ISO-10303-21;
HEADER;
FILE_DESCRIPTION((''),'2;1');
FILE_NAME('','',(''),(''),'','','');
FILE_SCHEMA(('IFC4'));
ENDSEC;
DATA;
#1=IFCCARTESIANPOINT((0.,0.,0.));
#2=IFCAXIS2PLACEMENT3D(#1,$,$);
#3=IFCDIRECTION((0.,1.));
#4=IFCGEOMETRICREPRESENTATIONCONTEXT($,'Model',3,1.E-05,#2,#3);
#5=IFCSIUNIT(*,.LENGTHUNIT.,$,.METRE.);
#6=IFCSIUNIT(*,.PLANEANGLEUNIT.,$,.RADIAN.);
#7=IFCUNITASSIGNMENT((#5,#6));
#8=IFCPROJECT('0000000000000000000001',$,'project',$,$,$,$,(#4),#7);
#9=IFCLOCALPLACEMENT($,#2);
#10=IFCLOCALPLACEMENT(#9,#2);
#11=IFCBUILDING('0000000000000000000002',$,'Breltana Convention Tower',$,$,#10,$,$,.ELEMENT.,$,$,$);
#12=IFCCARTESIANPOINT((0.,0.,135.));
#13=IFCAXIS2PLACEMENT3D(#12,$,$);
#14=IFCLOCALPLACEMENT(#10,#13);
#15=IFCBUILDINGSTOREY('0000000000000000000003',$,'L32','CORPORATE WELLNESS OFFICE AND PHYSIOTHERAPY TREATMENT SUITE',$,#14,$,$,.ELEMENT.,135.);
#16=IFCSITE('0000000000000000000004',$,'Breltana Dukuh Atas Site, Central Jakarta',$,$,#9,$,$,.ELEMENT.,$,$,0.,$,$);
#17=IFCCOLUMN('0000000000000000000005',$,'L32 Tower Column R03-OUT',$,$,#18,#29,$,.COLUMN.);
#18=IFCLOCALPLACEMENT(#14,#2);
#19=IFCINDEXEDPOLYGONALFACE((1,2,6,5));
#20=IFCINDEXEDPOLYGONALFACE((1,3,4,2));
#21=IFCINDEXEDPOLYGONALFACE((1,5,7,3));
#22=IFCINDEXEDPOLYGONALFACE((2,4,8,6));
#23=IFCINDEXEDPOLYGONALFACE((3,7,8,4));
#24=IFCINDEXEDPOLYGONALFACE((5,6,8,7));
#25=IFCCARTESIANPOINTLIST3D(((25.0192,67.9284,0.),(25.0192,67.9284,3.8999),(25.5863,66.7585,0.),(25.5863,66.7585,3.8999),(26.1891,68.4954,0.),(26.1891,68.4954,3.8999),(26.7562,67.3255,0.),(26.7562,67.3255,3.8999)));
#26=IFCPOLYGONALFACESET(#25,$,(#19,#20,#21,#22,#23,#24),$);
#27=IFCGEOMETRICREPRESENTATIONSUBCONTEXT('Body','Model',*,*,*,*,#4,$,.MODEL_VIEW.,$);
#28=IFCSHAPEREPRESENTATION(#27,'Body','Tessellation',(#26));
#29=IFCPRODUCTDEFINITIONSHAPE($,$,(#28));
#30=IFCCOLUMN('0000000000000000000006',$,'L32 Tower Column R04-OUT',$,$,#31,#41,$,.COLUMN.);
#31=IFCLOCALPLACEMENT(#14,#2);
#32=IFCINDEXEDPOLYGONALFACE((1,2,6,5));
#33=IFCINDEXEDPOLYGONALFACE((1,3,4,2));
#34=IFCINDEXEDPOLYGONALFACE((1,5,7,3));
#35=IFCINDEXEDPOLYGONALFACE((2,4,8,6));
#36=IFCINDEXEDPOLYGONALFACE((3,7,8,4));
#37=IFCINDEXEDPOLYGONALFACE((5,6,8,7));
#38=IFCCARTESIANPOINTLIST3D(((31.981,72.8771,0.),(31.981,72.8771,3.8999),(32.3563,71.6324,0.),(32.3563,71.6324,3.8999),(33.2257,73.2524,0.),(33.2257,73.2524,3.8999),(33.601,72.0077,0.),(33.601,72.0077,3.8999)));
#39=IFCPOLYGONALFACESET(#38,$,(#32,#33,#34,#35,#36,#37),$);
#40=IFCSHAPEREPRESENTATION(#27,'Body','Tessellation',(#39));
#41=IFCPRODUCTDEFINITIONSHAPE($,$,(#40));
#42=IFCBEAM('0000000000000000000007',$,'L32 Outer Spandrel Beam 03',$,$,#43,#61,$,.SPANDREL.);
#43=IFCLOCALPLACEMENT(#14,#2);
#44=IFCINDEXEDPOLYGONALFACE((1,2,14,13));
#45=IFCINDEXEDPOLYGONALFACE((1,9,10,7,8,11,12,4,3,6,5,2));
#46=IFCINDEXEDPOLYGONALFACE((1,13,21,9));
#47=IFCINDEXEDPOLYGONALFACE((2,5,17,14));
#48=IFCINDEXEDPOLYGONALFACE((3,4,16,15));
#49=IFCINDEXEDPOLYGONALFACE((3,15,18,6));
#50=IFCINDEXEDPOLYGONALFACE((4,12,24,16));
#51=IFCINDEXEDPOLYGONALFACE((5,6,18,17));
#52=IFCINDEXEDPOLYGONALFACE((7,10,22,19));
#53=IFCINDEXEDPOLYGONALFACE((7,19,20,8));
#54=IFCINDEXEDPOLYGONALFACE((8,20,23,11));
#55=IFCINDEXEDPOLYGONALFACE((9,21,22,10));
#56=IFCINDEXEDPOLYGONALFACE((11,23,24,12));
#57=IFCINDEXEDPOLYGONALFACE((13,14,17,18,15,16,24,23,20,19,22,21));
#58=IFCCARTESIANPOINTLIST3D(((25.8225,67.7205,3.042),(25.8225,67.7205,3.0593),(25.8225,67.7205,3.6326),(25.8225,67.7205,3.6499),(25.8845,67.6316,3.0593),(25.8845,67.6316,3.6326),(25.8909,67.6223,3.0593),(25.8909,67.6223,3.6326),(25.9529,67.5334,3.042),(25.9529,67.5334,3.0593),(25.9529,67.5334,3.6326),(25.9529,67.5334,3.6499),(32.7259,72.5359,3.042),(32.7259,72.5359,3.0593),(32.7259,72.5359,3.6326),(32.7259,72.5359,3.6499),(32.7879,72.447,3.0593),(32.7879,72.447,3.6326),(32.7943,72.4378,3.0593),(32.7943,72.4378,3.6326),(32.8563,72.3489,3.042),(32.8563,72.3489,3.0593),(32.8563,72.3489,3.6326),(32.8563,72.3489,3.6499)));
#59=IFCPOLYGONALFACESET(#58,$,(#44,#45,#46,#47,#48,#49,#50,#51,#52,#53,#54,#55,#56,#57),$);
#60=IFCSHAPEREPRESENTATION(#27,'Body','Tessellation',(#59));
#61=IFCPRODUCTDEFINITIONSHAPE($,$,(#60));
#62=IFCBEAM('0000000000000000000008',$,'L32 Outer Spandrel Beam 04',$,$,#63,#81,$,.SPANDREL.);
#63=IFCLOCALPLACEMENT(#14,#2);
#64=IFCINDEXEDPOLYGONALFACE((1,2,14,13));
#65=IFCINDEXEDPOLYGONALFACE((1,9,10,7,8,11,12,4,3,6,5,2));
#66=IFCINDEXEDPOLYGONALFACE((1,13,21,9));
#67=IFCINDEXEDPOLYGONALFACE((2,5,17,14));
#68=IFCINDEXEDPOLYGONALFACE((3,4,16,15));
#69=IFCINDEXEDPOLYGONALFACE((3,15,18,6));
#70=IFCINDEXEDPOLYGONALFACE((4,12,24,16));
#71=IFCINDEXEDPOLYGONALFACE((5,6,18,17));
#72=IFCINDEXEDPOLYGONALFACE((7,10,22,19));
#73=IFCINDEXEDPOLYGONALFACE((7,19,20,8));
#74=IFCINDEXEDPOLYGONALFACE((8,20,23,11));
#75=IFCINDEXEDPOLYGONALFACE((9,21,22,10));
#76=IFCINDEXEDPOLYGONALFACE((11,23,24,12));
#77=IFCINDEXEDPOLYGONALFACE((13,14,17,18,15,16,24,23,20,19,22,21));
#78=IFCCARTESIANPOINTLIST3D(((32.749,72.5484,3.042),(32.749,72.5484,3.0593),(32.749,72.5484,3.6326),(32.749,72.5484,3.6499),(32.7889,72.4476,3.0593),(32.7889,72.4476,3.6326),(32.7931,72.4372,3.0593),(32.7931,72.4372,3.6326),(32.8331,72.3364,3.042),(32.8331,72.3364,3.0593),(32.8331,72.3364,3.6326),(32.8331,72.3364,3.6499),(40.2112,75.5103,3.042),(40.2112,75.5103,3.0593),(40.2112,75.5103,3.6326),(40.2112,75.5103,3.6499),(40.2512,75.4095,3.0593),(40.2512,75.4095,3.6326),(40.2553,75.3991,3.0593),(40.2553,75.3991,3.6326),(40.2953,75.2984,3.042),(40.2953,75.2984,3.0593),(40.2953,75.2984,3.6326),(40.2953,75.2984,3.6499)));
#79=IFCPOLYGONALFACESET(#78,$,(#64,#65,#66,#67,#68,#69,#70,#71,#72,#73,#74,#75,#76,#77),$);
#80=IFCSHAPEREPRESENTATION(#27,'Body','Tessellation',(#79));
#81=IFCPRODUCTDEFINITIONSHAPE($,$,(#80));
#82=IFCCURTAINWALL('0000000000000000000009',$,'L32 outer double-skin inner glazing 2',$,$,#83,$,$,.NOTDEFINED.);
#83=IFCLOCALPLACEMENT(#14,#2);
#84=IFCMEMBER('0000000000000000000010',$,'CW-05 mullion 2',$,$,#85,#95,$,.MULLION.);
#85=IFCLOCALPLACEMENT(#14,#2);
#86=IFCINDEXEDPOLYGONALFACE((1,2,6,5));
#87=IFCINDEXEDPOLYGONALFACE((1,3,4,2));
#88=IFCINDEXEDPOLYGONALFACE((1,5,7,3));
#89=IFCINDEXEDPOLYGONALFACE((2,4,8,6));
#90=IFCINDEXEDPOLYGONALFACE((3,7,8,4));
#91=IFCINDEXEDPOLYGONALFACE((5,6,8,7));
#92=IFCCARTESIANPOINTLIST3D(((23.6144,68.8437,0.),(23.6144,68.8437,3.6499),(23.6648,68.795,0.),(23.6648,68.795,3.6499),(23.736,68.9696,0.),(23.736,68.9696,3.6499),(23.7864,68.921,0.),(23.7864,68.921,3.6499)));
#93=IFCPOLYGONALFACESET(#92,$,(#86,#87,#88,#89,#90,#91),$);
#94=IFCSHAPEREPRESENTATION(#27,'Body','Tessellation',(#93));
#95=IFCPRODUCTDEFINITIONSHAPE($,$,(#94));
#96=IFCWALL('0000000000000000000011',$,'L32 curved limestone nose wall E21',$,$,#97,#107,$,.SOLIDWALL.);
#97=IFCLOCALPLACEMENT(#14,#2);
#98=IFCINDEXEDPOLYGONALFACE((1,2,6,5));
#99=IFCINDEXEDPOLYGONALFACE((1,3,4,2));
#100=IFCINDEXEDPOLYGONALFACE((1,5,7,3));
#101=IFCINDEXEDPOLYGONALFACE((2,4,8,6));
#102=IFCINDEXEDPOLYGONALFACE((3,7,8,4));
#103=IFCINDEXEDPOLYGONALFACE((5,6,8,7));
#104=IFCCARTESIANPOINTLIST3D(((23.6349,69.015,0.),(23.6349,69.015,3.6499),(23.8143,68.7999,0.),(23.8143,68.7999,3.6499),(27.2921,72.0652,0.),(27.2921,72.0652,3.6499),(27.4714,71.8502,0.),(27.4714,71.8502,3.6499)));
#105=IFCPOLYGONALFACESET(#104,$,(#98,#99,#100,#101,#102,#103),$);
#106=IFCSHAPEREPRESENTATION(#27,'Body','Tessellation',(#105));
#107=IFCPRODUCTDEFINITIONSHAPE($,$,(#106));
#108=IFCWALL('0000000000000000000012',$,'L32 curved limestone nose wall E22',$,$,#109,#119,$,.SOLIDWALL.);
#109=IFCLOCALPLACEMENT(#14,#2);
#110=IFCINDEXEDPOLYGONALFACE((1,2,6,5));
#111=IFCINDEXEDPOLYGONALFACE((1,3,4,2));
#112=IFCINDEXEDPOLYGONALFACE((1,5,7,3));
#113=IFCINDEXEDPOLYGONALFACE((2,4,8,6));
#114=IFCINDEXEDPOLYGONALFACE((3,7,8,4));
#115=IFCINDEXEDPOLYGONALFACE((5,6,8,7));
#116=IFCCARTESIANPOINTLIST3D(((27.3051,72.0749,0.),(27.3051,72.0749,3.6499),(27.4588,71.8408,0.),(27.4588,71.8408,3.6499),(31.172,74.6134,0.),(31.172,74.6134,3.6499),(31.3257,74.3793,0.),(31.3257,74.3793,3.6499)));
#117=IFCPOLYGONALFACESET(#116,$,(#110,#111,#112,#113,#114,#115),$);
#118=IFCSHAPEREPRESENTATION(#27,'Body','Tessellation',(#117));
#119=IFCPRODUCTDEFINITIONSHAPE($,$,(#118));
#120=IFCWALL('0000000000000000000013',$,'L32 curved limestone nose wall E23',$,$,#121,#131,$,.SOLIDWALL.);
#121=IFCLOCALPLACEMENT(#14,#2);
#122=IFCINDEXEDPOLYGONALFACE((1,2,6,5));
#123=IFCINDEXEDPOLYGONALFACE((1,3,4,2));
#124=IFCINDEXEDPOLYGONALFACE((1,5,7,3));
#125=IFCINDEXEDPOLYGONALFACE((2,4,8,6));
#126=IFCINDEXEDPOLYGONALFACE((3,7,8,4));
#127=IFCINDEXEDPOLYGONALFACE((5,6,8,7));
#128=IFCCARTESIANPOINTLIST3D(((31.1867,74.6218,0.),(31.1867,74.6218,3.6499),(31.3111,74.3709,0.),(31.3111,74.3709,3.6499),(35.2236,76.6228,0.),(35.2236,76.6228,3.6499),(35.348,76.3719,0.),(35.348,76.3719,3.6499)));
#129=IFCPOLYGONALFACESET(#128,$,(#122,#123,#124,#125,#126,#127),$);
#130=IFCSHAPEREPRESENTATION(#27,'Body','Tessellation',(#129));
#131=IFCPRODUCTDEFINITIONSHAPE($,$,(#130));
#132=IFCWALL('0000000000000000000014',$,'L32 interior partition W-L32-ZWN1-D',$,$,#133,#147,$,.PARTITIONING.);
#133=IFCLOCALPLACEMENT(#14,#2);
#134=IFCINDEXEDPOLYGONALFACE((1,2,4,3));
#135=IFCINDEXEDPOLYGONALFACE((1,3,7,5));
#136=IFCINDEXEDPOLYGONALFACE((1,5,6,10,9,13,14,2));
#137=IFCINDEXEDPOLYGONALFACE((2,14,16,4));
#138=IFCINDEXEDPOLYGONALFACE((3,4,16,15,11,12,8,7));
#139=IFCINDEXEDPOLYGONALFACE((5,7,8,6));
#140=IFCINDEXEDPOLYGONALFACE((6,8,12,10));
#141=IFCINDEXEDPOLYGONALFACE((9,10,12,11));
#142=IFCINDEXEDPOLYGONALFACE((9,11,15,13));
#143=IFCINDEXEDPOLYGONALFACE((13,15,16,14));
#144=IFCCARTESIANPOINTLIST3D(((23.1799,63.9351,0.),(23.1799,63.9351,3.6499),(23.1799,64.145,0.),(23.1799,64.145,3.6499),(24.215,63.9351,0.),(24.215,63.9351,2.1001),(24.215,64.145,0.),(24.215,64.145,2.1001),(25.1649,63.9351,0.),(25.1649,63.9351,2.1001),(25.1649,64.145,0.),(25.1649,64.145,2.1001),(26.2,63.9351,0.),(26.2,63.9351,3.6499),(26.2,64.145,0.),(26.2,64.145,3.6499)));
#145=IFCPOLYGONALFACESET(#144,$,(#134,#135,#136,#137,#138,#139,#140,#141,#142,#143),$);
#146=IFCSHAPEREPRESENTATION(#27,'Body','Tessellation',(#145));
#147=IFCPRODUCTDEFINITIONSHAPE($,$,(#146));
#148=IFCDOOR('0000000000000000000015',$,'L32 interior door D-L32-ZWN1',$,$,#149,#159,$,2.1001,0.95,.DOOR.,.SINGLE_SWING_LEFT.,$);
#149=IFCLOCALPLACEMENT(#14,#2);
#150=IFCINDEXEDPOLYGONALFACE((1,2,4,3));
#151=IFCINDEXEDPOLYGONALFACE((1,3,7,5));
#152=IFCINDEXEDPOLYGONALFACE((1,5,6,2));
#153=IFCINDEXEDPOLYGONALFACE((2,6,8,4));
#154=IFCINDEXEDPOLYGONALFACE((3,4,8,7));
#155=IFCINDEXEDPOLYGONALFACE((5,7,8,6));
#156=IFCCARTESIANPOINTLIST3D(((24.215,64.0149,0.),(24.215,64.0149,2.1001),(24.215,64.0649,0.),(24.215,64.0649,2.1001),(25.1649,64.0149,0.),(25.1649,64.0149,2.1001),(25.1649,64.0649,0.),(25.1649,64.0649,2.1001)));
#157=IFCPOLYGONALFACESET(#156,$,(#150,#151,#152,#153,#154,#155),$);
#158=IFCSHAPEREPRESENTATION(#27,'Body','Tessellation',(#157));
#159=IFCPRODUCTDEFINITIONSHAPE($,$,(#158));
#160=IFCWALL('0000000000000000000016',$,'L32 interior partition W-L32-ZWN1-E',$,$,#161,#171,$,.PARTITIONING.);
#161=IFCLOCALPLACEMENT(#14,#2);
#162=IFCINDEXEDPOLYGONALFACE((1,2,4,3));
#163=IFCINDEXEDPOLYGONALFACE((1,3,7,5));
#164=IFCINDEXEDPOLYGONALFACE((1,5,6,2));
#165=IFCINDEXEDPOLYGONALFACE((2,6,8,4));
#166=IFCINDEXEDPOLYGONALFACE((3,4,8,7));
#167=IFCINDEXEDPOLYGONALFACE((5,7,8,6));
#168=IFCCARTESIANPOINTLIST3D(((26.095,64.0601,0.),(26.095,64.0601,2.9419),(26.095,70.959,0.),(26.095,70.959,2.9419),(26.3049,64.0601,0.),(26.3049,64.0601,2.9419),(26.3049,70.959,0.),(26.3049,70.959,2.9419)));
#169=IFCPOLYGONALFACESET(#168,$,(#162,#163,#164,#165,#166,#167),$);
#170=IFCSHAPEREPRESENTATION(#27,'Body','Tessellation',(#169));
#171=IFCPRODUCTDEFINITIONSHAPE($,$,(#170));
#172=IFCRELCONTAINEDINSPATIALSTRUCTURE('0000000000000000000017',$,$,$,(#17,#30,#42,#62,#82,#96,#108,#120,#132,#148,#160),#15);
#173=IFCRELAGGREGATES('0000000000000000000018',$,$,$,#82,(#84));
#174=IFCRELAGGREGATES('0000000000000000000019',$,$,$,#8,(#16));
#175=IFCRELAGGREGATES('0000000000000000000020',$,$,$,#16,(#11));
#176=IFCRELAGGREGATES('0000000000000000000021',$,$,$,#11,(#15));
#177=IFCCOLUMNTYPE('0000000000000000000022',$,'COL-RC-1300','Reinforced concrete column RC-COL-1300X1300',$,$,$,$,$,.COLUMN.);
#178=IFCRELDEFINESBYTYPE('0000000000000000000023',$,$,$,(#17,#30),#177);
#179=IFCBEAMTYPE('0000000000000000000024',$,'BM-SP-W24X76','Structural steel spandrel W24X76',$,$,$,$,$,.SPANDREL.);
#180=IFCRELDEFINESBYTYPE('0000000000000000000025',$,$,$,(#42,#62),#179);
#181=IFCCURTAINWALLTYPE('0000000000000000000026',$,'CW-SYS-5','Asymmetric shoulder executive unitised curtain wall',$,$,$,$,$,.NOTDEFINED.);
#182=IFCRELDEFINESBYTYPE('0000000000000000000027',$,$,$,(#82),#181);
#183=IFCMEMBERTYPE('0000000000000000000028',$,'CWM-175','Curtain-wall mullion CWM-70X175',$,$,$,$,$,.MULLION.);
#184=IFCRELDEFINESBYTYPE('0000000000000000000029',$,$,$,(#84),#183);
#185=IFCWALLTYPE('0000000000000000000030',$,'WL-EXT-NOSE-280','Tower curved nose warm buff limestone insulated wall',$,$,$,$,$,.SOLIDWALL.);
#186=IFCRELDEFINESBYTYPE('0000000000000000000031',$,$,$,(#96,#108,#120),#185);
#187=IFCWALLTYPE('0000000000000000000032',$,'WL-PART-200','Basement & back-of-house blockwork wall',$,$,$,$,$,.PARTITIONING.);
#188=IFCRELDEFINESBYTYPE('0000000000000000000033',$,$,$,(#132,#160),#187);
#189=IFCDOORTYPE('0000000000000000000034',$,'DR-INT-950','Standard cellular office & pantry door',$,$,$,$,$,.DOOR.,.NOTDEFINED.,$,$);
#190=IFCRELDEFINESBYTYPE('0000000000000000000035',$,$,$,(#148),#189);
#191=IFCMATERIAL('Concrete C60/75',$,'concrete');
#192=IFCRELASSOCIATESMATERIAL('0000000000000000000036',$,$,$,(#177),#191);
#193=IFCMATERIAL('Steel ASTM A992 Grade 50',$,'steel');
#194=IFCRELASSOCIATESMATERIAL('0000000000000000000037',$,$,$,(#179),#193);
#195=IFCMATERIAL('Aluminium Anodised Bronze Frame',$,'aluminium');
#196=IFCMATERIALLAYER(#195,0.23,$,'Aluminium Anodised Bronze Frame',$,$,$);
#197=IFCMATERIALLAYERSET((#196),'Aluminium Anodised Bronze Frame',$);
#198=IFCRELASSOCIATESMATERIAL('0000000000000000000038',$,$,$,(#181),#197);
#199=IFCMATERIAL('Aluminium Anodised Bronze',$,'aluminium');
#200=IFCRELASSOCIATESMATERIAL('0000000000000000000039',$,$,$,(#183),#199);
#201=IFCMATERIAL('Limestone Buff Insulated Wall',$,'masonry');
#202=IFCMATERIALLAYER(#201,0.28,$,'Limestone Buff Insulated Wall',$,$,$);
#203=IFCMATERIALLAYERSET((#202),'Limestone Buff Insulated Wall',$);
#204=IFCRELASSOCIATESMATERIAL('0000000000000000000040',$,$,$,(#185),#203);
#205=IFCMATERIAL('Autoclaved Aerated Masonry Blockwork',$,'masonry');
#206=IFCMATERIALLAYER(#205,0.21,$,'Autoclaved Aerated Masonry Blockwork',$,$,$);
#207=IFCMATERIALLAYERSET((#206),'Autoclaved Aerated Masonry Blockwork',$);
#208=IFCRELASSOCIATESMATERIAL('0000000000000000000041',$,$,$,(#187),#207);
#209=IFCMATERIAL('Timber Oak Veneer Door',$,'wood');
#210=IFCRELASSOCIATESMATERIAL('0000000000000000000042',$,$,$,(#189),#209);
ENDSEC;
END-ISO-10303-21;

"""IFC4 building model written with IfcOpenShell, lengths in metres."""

from ifc_helpers import new_model, si_unit, direction, frame, frame_2d, origin, origin_2d, place, context, subcontext, project, spatial, rectangle, i_section, extrude, source, transform, mapped, material, layer, layer_set, material_profile, profile_set, type_object, type_shapes, element, fill, aggregate, save


model = new_model("IFC4")

# Units and contexts
model_context = context("Model", 3, precision=1e-05, world=origin(), true_north=direction((0.0, 1.0)))
body_context = subcontext(model_context, "Body", "Model", "MODEL_VIEW")
ifc_project = project(units=[si_unit("LENGTHUNIT", "METRE"), si_unit("PLANEANGLEUNIT", "RADIAN")], contexts=[model_context])

# Site, building, storey
site_placement = place(None, origin())
site = spatial("IfcSite", under=ifc_project, at=site_placement, Name="Breltana Dukuh Atas Site, Central Jakarta", CompositionType="ELEMENT", RefElevation=0.0)
building_placement = place(site_placement, origin())
building = spatial("IfcBuilding", under=site, at=building_placement, Name="Breltana Convention Tower", CompositionType="ELEMENT")
storey_placement = place(building_placement, frame((0.0, 0.0, 135.0)))
storey = spatial("IfcBuildingStorey", under=building, at=storey_placement, Name="L32", Description="CORPORATE WELLNESS OFFICE AND PHYSIOTHERAPY TREATMENT SUITE", CompositionType="ELEMENT", Elevation=135.0)

# Columns
ifc_material_1 = material(Name="Concrete C60/75", Category="concrete")
ifc_material_profile_1 = material_profile(ifc_material_1, rectangle(XDim=1.3, YDim=1.3, at=origin_2d()), Name="RC-COL-1300X1300")
ifc_profile_set_1 = profile_set([ifc_material_profile_1], Name="Concrete C60/75")
column_type = type_object("IfcColumnType", Name="COL-RC-1300", Description="Reinforced concrete column RC-COL-1300X1300", PredefinedType="COLUMN", material=ifc_profile_set_1)
shared_shape_1 = source(origin(), body_context, "Body", "SweptSolid", [
    extrude(rectangle(XDim=1.3, YDim=1.3, at=origin_2d()), origin(), (0.0, 0.0, 1.0), 3.8999),
])
for number, where, z_axis, x_axis, name in (
    (1, (25.8877, 67.627, 0.0), (0.0, 0.0, 1.0), (-0.436174, 0.899863, 0.0), "L32 Tower Column R03-OUT"),
    (2, (32.791, 72.4424, 0.0), (0.0, 0.0, 1.0), (-0.288698, 0.95742, 0.0), "L32 Tower Column R04-OUT"),
):
    element("IfcColumn", number, at=place(storey_placement, frame(where, z_axis=z_axis, x_axis=x_axis)), inside=storey, type_object=column_type, Name=name, PredefinedType="COLUMN", context=body_context, shape_type="MappedRepresentation", body=[
        mapped(shared_shape_1, transform((0.0, 0.0, 0.0), scale=1.0)),
    ])

# Beams
ifc_material_2 = material(Name="Steel ASTM A992 Grade 50", Category="steel")
ifc_material_profile_2 = material_profile(ifc_material_2, i_section(OverallWidth=0.228, OverallDepth=0.6079, WebThickness=0.0112, FlangeThickness=0.0173, at=origin_2d()), Name="W24X76")
ifc_profile_set_2 = profile_set([ifc_material_profile_2], Name="Steel ASTM A992 Grade 50")
beam_type = type_object("IfcBeamType", Name="BM-SP-W24X76", Description="Structural steel spandrel W24X76", PredefinedType="SPANDREL", material=ifc_profile_set_2)
shared_shape_2 = source(origin(), body_context, "Body", "SweptSolid", [
    extrude(i_section(OverallWidth=0.228, OverallDepth=0.6079, WebThickness=0.0112, FlangeThickness=0.0173, at=origin_2d()), origin(), (0.0, 0.0, 1.0), 8.417),
])
beam_1_placement = place(storey_placement, frame((25.8877, 67.627, 3.3459), z_axis=(0.820174, 0.572114, 0.0), x_axis=(-0.572114, 0.820174, 0.0)))
element("IfcBeam", 3, at=beam_1_placement, inside=storey, type_object=beam_type, Name="L32 Outer Spandrel Beam 03", PredefinedType="SPANDREL", context=body_context, shape_type="MappedRepresentation", body=[
    mapped(shared_shape_2, transform((0.0, 0.0, 0.0), scale=1.0)),
])
shared_shape_3 = source(origin(), body_context, "Body", "SweptSolid", [
    extrude(i_section(OverallWidth=0.228, OverallDepth=0.6079, WebThickness=0.0112, FlangeThickness=0.0173, at=origin_2d()), origin(), (0.0, 0.0, 1.0), 8.0286),
])
beam_2_placement = place(storey_placement, frame((32.791, 72.4424, 3.3459), z_axis=(0.929459, 0.368925, 0.0), x_axis=(-0.368925, 0.929459, 0.0)))
element("IfcBeam", 4, at=beam_2_placement, inside=storey, type_object=beam_type, Name="L32 Outer Spandrel Beam 04", PredefinedType="SPANDREL", context=body_context, shape_type="MappedRepresentation", body=[
    mapped(shared_shape_3, transform((0.0, 0.0, 0.0), scale=1.0)),
])

# Curtain wall, member
ifc_material_3 = material(Name="Aluminium Anodised Bronze Frame", Category="aluminium")
ifc_layer_1 = layer(ifc_material_3, 0.23, Name="Aluminium Anodised Bronze Frame")
ifc_layer_set_1 = layer_set([ifc_layer_1], Name="Aluminium Anodised Bronze Frame")
curtain_wall_type = type_object("IfcCurtainWallType", Name="CW-SYS-5", Description="Asymmetric shoulder executive unitised curtain wall", PredefinedType="NOTDEFINED", material=ifc_layer_set_1)
curtain_wall_placement = place(storey_placement, origin())
curtain_wall = element("IfcCurtainWall", 5, at=curtain_wall_placement, inside=storey, type_object=curtain_wall_type, Name="L32 outer double-skin inner glazing 2", PredefinedType="NOTDEFINED")
ifc_material_4 = material(Name="Aluminium Anodised Bronze", Category="aluminium")
ifc_material_profile_3 = material_profile(ifc_material_4, rectangle(XDim=0.0701, YDim=0.175, at=origin_2d()), Name="CWM-70X175")
ifc_profile_set_3 = profile_set([ifc_material_profile_3], Name="Aluminium Anodised Bronze")
member_type = type_object("IfcMemberType", Name="CWM-175", Description="Curtain-wall mullion CWM-70X175", PredefinedType="MULLION", material=ifc_profile_set_3)
shared_shape_4 = source(origin(), body_context, "Body", "SweptSolid", [
    extrude(rectangle(XDim=0.0701, YDim=0.175, at=origin_2d()), origin(), (0.0, 0.0, 1.0), 3.6499),
])
member_placement = place(storey_placement, frame((23.7004, 68.8823, 0.0), z_axis=(0.0, 0.0, 1.0), x_axis=(-0.719385, 0.694612, 0.0)))
member = element("IfcMember", 6, at=member_placement, type_object=member_type, Name="CW-05 mullion 2", PredefinedType="MULLION", context=body_context, shape_type="MappedRepresentation", body=[
    mapped(shared_shape_4, transform((0.0, 0.0, 0.0), scale=1.0)),
])
aggregate(curtain_wall, [member])

# Walls
ifc_material_5 = material(Name="Limestone Buff Insulated Wall", Category="masonry")
ifc_layer_2 = layer(ifc_material_5, 0.28, Name="Limestone Buff Insulated Wall")
ifc_layer_set_2 = layer_set([ifc_layer_2], Name="Limestone Buff Insulated Wall")
wall_type_1 = type_object("IfcWallType", Name="WL-EXT-NOSE-280", Description="Tower curved nose warm buff limestone insulated wall", PredefinedType="SOLIDWALL", material=ifc_layer_set_2)
shared_shape_5 = source(origin(), body_context, "Body", "SweptSolid", [
    extrude(rectangle(XDim=4.7622, YDim=0.28, at=frame_2d((2.3811, 0.0))), origin(), (0.0, 0.0, 1.0), 3.6499),
])
wall_1_placement = place(storey_placement, frame((23.7246, 68.9075, 0.0), z_axis=(0.0, 0.0, 1.0), x_axis=(0.767952, 0.640507, 0.0)))
element("IfcWall", 7, at=wall_1_placement, inside=storey, type_object=wall_type_1, Name="L32 curved limestone nose wall E21", PredefinedType="SOLIDWALL", context=body_context, shape_type="MappedRepresentation", body=[
    mapped(shared_shape_5, transform((0.0, 0.0, 0.0), scale=1.0)),
])
shared_shape_6 = source(origin(), body_context, "Body", "SweptSolid", [
    extrude(rectangle(XDim=4.6257, YDim=0.28, at=frame_2d((2.313, 0.0))), origin(), (0.0, 0.0, 1.0), 3.6499),
])
wall_2_placement = place(storey_placement, frame((27.3818, 71.9578, 0.0), z_axis=(0.0, 0.0, 1.0), x_axis=(0.835959, 0.548791, 0.0)))
element("IfcWall", 8, at=wall_2_placement, inside=storey, type_object=wall_type_1, Name="L32 curved limestone nose wall E22", PredefinedType="SOLIDWALL", context=body_context, shape_type="MappedRepresentation", body=[
    mapped(shared_shape_6, transform((0.0, 0.0, 0.0), scale=1.0)),
])
shared_shape_7 = source(origin(), body_context, "Body", "SweptSolid", [
    extrude(rectangle(XDim=4.5056, YDim=0.28, at=frame_2d((2.2529, 0.0))), origin(), (0.0, 0.0, 1.0), 3.6499),
])
wall_3_placement = place(storey_placement, frame((31.2488, 74.4963, 0.0), z_axis=(0.0, 0.0, 1.0), x_axis=(0.895972, 0.444111, 0.0)))
element("IfcWall", 9, at=wall_3_placement, inside=storey, type_object=wall_type_1, Name="L32 curved limestone nose wall E23", PredefinedType="SOLIDWALL", context=body_context, shape_type="MappedRepresentation", body=[
    mapped(shared_shape_7, transform((0.0, 0.0, 0.0), scale=1.0)),
])

# Wall, opening, door
ifc_material_6 = material(Name="Autoclaved Aerated Masonry Blockwork", Category="masonry")
ifc_layer_3 = layer(ifc_material_6, 0.21, Name="Autoclaved Aerated Masonry Blockwork")
ifc_layer_set_3 = layer_set([ifc_layer_3], Name="Autoclaved Aerated Masonry Blockwork")
wall_type_2 = type_object("IfcWallType", Name="WL-PART-200", Description="Basement & back-of-house blockwork wall", PredefinedType="PARTITIONING", material=ifc_layer_set_3)
shared_shape_8 = source(origin(), body_context, "Body", "SweptSolid", [
    extrude(rectangle(XDim=3.02, YDim=0.21, at=frame_2d((1.51, 0.0))), origin(), (0.0, 0.0, 1.0), 3.6499),
])
wall_4_placement = place(storey_placement, frame((23.1799, 64.04, 0.0), z_axis=(0.0, 0.0, 1.0), x_axis=(1.0, 0.0, 0.0)))
wall_4 = element("IfcWall", 10, at=wall_4_placement, inside=storey, type_object=wall_type_2, Name="L32 interior partition W-L32-ZWN1-D", PredefinedType="PARTITIONING", context=body_context, shape_type="MappedRepresentation", body=[
    mapped(shared_shape_8, transform((0.0, 0.0, 0.0), scale=1.0)),
])
opening_1_placement = place(wall_4_placement, frame((1.0349, 0.0, 0.0)))
opening_1 = element("IfcOpeningElement", 11, at=opening_1_placement, cuts=wall_4, PredefinedType="OPENING", context=body_context, shape_type="SweptSolid", body=[
    extrude(rectangle(XDim=0.95, YDim=2.1001, at=frame_2d((0.4751, 1.05))), frame((0.0, 0.115, 0.0), z_axis=(0.0, -1.0, 0.0), x_axis=(1.0, 0.0, 0.0)), (0.0, 0.0, 1.0), 0.23),
])
ifc_material_7 = material(Name="Timber Oak Veneer Door", Category="wood")
door_type = type_object("IfcDoorType", Name="DR-INT-950", Description="Standard cellular office & pantry door", OperationType="NOTDEFINED", PredefinedType="DOOR", material=ifc_material_7)
shared_shape_9 = source(origin(), body_context, "Body", "SweptSolid", [
    extrude(rectangle(XDim=0.95, YDim=2.1001, at=frame_2d((0.4751, 1.05))), frame((0.0, 0.0249, 0.0), z_axis=(0.0, -1.0, 0.0), x_axis=(1.0, 0.0, 0.0)), (0.0, 0.0, 1.0), 0.05),
])
type_shapes(door_type, [shared_shape_9])
door_1_placement = place(opening_1_placement, origin())
door_1 = element("IfcDoor", 12, at=door_1_placement, inside=storey, type_object=door_type, Name="L32 interior door D-L32-ZWN1", OperationType="SINGLE_SWING_LEFT", OverallHeight=2.1001, OverallWidth=0.95, PredefinedType="DOOR", context=body_context, shape_type="MappedRepresentation", body=[
    mapped(shared_shape_9, transform((0.0, 0.0, 0.0), scale=1.0)),
])
fill(opening_1, door_1)

# Wall
shared_shape_10 = source(origin(), body_context, "Body", "SweptSolid", [
    extrude(rectangle(XDim=6.8989, YDim=0.21, at=frame_2d((3.4495, 0.0))), origin(), (0.0, 0.0, 1.0), 2.9419),
])
wall_5_placement = place(storey_placement, frame((26.2, 64.0601, 0.0), z_axis=(0.0, 0.0, 1.0), x_axis=(0.0, 1.0, 0.0)))
element("IfcWall", 13, at=wall_5_placement, inside=storey, type_object=wall_type_2, Name="L32 interior partition W-L32-ZWN1-E", PredefinedType="PARTITIONING", context=body_context, shape_type="MappedRepresentation", body=[
    mapped(shared_shape_10, transform((0.0, 0.0, 0.0), scale=1.0)),
])

save(model, "model.ifc")
